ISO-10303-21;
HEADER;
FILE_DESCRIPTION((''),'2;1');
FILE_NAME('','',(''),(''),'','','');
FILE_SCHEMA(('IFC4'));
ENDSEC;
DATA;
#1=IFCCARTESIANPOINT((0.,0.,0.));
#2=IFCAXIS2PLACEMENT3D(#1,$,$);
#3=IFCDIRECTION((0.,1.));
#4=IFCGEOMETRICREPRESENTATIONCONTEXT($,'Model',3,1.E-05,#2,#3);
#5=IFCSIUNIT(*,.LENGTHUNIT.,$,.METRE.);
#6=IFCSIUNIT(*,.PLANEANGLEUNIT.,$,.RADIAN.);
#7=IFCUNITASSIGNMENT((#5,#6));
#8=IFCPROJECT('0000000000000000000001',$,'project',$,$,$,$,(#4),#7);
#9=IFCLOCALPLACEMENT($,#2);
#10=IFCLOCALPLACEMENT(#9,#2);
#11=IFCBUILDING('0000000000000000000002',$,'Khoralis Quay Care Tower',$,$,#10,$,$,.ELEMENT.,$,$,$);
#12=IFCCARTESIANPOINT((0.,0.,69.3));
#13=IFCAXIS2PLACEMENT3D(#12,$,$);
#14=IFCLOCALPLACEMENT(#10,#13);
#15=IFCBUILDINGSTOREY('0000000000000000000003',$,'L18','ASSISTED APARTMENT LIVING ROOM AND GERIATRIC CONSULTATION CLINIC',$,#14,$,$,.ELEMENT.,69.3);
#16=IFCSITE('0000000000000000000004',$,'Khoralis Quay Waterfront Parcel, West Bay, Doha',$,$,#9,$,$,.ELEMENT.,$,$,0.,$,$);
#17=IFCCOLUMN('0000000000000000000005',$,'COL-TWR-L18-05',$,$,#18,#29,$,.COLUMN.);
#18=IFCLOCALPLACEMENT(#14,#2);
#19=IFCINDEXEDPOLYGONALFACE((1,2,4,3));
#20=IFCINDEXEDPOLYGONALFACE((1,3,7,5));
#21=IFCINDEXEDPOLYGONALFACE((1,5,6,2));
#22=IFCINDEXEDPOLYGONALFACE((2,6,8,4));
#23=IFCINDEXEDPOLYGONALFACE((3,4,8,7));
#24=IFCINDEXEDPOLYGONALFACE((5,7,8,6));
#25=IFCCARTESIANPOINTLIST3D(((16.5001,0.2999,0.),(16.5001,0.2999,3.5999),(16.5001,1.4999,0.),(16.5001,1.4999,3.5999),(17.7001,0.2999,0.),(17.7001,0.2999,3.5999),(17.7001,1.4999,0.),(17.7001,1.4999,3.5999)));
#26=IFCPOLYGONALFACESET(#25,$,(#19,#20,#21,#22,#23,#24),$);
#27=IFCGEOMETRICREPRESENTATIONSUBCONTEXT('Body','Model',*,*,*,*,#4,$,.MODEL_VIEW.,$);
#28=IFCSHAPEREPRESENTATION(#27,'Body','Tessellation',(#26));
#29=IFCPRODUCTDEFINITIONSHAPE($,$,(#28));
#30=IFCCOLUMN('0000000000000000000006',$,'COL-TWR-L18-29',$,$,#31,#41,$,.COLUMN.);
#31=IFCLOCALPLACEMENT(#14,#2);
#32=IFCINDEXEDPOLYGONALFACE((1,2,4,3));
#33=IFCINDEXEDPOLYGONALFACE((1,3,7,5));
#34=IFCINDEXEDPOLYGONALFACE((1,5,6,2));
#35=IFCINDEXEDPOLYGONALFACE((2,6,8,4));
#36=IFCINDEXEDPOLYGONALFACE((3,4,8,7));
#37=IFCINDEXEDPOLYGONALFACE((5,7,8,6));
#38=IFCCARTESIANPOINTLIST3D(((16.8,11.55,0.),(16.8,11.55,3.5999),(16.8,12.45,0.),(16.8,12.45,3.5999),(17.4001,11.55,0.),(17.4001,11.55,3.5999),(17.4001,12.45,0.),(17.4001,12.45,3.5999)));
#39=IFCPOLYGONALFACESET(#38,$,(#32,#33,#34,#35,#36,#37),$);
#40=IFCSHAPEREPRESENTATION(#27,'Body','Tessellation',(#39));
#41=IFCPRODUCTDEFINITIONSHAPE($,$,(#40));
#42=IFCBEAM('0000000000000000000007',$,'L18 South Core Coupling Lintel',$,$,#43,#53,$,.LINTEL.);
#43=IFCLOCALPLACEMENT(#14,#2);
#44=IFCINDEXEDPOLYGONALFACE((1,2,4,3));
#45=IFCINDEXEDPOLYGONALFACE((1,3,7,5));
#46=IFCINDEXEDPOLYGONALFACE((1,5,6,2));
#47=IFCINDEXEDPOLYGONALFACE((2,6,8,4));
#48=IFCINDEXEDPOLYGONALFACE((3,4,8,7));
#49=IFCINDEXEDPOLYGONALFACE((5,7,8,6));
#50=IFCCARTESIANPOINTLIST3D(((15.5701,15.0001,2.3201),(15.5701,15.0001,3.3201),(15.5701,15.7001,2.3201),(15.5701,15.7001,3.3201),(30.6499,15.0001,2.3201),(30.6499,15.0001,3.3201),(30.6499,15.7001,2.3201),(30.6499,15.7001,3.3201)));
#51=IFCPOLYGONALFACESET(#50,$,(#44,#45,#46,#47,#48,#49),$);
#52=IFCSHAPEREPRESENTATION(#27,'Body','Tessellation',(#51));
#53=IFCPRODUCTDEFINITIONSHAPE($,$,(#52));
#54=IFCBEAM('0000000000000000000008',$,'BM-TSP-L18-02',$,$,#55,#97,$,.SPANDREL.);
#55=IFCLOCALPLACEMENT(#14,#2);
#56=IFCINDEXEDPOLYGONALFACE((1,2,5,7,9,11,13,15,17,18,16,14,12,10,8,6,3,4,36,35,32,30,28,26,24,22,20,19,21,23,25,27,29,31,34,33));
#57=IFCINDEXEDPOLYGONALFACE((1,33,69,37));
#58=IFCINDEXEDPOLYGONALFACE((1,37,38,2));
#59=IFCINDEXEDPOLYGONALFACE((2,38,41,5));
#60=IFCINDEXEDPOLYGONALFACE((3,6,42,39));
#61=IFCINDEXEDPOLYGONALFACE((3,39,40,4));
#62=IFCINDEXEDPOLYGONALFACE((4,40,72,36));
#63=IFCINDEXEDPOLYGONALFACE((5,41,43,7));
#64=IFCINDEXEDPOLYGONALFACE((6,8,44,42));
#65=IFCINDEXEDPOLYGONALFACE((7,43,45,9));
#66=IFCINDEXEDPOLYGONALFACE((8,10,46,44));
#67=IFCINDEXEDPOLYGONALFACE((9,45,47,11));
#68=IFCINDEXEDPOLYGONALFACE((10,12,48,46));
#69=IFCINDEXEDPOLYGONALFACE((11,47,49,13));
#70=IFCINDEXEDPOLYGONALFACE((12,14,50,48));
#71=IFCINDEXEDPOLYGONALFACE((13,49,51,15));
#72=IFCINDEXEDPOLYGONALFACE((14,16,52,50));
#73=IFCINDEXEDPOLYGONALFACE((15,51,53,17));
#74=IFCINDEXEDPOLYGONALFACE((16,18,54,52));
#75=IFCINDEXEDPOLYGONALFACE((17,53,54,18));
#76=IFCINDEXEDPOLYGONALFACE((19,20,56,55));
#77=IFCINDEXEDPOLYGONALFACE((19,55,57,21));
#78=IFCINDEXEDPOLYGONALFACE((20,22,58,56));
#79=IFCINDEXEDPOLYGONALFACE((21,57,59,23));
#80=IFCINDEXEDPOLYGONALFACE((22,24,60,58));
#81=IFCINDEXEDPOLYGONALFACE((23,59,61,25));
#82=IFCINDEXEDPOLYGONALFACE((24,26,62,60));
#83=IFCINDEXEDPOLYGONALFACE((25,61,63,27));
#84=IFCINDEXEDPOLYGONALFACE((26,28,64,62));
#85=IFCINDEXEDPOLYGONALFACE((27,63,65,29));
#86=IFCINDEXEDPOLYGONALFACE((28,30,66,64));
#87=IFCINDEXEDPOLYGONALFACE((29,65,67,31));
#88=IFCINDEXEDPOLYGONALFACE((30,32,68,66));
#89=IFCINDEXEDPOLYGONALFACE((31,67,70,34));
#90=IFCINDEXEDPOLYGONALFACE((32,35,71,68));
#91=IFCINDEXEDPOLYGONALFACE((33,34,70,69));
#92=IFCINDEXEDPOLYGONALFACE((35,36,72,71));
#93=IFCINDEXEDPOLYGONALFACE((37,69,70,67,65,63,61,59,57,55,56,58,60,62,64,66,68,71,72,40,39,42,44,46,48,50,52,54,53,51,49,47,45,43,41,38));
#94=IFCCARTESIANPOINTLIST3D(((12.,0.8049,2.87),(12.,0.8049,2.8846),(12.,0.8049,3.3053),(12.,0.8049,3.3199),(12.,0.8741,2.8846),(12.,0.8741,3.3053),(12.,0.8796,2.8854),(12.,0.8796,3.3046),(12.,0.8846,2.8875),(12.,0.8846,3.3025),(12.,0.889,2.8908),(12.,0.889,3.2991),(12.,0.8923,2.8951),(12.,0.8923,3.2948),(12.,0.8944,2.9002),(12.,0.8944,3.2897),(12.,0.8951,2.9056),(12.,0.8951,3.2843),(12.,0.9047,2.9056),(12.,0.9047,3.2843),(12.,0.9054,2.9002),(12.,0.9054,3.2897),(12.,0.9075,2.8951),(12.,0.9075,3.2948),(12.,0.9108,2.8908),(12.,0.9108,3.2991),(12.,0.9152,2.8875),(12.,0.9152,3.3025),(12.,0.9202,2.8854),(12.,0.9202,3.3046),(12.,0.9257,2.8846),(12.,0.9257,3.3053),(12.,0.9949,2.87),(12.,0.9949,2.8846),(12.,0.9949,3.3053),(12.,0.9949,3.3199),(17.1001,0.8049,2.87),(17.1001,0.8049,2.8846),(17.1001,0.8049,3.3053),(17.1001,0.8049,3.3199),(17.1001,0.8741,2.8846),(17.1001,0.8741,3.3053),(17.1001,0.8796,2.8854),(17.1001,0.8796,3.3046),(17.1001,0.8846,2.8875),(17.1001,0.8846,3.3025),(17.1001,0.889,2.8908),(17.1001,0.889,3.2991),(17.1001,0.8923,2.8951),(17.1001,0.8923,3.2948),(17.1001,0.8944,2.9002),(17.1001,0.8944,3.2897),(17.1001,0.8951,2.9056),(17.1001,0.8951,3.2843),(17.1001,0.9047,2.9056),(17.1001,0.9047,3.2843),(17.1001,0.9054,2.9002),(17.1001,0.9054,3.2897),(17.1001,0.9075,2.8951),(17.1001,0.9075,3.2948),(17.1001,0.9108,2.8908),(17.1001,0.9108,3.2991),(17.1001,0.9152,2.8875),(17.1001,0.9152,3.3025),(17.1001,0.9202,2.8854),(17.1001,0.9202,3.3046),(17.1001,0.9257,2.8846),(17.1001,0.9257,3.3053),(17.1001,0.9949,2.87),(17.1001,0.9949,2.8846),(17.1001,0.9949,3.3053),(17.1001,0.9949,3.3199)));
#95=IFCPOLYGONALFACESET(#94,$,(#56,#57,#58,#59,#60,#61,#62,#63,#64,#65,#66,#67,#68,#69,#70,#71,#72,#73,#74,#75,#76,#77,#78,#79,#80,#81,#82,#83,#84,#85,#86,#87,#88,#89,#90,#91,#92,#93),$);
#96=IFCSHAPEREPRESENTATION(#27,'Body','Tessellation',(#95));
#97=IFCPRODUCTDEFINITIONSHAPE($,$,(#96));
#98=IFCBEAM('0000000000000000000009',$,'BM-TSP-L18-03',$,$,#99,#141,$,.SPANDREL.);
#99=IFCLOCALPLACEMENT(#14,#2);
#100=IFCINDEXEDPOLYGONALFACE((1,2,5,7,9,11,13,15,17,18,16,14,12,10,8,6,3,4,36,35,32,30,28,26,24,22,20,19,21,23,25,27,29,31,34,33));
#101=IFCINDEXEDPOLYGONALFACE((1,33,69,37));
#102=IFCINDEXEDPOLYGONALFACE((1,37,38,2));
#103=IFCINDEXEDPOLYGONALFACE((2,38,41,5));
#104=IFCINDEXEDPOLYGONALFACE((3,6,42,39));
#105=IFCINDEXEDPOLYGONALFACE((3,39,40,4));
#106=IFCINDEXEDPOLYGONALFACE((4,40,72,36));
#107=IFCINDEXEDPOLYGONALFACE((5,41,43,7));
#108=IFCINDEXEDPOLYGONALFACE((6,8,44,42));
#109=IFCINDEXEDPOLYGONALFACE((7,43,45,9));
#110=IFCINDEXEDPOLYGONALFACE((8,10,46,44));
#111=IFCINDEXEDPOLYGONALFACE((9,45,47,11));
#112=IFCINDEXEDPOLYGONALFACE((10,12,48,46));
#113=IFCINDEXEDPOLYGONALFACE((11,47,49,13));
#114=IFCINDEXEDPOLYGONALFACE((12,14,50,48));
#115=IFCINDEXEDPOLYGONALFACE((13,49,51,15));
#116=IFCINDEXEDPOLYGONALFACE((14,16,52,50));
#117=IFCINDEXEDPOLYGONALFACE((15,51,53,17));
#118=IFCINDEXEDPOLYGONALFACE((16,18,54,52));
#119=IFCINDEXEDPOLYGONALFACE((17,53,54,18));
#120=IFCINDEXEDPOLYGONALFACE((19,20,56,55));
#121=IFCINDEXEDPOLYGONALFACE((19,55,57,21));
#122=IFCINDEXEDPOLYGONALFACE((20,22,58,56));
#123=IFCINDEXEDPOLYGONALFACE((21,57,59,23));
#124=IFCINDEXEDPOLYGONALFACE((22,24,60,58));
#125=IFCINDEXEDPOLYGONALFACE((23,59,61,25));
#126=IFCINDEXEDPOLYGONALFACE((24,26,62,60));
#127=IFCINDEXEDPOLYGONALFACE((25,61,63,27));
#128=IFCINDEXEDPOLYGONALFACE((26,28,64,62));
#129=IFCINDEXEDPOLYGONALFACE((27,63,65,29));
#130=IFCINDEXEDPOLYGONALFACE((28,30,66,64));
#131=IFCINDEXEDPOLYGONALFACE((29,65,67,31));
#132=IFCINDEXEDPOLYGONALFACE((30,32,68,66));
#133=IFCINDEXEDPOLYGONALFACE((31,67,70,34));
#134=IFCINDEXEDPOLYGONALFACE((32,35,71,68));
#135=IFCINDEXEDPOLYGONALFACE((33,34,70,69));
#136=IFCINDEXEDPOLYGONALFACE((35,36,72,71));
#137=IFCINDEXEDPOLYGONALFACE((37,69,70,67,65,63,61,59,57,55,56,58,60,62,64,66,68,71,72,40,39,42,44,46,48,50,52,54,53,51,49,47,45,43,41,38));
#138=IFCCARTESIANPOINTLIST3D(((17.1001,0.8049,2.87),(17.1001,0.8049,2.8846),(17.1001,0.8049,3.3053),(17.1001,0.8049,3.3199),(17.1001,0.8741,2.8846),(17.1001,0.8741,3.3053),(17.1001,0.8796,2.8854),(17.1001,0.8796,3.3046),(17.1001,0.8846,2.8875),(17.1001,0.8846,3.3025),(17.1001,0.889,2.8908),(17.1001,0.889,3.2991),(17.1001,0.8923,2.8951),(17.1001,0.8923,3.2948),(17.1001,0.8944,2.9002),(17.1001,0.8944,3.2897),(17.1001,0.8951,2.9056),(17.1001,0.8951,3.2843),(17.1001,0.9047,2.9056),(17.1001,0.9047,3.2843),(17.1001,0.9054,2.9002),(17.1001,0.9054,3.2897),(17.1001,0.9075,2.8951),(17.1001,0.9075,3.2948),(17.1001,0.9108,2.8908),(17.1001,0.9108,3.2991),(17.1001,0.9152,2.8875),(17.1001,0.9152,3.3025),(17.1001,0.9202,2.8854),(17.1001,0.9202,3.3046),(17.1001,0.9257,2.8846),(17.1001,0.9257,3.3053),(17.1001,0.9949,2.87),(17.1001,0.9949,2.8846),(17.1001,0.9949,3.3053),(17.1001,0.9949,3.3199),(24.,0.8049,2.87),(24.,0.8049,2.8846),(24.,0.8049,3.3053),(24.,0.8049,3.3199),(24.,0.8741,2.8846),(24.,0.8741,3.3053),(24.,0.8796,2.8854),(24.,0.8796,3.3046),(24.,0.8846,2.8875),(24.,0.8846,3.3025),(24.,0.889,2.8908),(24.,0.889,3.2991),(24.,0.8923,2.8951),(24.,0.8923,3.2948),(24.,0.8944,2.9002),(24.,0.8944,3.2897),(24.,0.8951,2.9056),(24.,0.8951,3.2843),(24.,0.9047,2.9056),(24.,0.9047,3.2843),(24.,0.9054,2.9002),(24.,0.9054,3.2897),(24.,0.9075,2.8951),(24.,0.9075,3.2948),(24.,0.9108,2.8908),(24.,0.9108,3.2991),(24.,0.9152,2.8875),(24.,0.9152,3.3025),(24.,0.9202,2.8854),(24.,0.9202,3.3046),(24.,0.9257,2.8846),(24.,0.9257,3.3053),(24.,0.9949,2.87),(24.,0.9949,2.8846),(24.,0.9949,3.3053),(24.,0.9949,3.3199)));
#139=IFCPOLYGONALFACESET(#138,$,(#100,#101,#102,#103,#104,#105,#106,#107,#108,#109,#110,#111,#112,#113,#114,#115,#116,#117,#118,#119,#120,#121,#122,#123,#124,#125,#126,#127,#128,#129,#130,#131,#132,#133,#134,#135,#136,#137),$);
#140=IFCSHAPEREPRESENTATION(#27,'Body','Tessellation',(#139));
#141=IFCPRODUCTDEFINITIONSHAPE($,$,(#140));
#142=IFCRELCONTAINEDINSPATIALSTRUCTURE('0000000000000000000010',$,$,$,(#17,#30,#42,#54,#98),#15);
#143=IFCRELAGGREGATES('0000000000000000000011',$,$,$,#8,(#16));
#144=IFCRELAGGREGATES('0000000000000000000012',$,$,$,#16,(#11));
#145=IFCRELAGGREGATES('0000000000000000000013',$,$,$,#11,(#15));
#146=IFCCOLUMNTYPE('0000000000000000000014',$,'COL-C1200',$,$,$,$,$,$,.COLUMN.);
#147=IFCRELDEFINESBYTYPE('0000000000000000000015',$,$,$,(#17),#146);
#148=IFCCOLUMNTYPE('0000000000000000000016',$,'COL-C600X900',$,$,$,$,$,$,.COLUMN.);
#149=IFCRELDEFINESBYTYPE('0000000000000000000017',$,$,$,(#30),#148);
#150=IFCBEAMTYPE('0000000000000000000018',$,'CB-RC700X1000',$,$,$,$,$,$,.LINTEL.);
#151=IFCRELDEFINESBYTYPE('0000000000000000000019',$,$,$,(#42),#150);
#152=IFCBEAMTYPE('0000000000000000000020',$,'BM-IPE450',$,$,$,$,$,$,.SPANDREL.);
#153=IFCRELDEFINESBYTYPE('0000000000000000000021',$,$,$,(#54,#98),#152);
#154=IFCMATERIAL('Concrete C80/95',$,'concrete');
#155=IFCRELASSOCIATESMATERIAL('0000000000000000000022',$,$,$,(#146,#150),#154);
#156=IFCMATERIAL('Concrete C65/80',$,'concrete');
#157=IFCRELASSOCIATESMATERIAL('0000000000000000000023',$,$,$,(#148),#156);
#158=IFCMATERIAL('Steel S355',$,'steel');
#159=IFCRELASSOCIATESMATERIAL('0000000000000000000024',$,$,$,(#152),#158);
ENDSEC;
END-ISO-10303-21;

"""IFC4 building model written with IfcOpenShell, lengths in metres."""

from ifc_helpers import new_model, si_unit, direction, frame, origin, origin_2d, place, context, subcontext, project, spatial, rectangle, i_section, extrude, source, transform, mapped, material, material_profile, profile_set, type_object, element, save


model = new_model("IFC4")

# Units and contexts
model_context = context("Model", 3, precision=1e-05, world=origin(), true_north=direction((0.0, 1.0)))
body_context = subcontext(model_context, "Body", "Model", "MODEL_VIEW")
ifc_project = project(units=[si_unit("LENGTHUNIT", "METRE"), si_unit("PLANEANGLEUNIT", "RADIAN")], contexts=[model_context])

# Site, building, storey
site_placement = place(None, origin())
site = spatial("IfcSite", under=ifc_project, at=site_placement, Name="Khoralis Quay Waterfront Parcel, West Bay, Doha", CompositionType="ELEMENT", RefElevation=0.0)
building_placement = place(site_placement, origin())
building = spatial("IfcBuilding", under=site, at=building_placement, Name="Khoralis Quay Care Tower", CompositionType="ELEMENT")
storey_placement = place(building_placement, frame((0.0, 0.0, 69.3)))
storey = spatial("IfcBuildingStorey", under=building, at=storey_placement, Name="L18", Description="ASSISTED APARTMENT LIVING ROOM AND GERIATRIC CONSULTATION CLINIC", CompositionType="ELEMENT", Elevation=69.3)

# Columns
ifc_material_1 = material(Name="Concrete C80/95", Category="concrete")
ifc_material_profile_1 = material_profile(ifc_material_1, rectangle(XDim=1.2, YDim=1.2, at=origin_2d()), Name="Concrete C80/95")
ifc_profile_set_1 = profile_set([ifc_material_profile_1], Name="Concrete C80/95")
column_type_1 = type_object("IfcColumnType", Name="COL-C1200", PredefinedType="COLUMN", material=ifc_profile_set_1)
shared_shape_1 = source(origin(), body_context, "Body", "SweptSolid", [
    extrude(rectangle(XDim=1.2, YDim=1.2, at=origin_2d()), origin(), (0.0, 0.0, 1.0), 3.5999),
])
column_1_placement = place(storey_placement, frame((17.1001, 0.8999, 0.0), z_axis=(0.0, 0.0, 1.0), x_axis=(1.0, 0.0, 0.0)))
element("IfcColumn", 1, at=column_1_placement, inside=storey, type_object=column_type_1, Name="COL-TWR-L18-05", PredefinedType="COLUMN", context=body_context, shape_type="MappedRepresentation", body=[
    mapped(shared_shape_1, transform((0.0, 0.0, 0.0), scale=1.0)),
])
ifc_material_2 = material(Name="Concrete C65/80", Category="concrete")
ifc_material_profile_2 = material_profile(ifc_material_2, rectangle(XDim=0.6001, YDim=0.8999, at=origin_2d()), Name="Concrete C65/80")
ifc_profile_set_2 = profile_set([ifc_material_profile_2], Name="Concrete C65/80")
column_type_2 = type_object("IfcColumnType", Name="COL-C600X900", PredefinedType="COLUMN", material=ifc_profile_set_2)
shared_shape_2 = source(origin(), body_context, "Body", "SweptSolid", [
    extrude(rectangle(XDim=0.6001, YDim=0.8999, at=origin_2d()), origin(), (0.0, 0.0, 1.0), 3.5999),
])
column_2_placement = place(storey_placement, frame((17.1001, 12.0, 0.0), z_axis=(0.0, 0.0, 1.0), x_axis=(1.0, 0.0, 0.0)))
element("IfcColumn", 2, at=column_2_placement, inside=storey, type_object=column_type_2, Name="COL-TWR-L18-29", PredefinedType="COLUMN", context=body_context, shape_type="MappedRepresentation", body=[
    mapped(shared_shape_2, transform((0.0, 0.0, 0.0), scale=1.0)),
])

# Beams
ifc_material_profile_3 = material_profile(ifc_material_1, rectangle(XDim=0.7, YDim=1.0, at=origin_2d()), Name="Concrete C80/95")
ifc_profile_set_3 = profile_set([ifc_material_profile_3], Name="Concrete C80/95")
beam_type_1 = type_object("IfcBeamType", Name="CB-RC700X1000", PredefinedType="LINTEL", material=ifc_profile_set_3)
shared_shape_3 = source(origin(), body_context, "Body", "SweptSolid", [
    extrude(rectangle(XDim=0.7, YDim=1.0, at=origin_2d()), origin(), (0.0, 0.0, 1.0), 15.0798),
])
beam_1_placement = place(storey_placement, frame((15.5701, 15.3501, 2.8201), z_axis=(1.0, 0.0, 0.0), x_axis=(0.0, 1.0, 0.0)))
element("IfcBeam", 3, at=beam_1_placement, inside=storey, type_object=beam_type_1, Name="L18 South Core Coupling Lintel", PredefinedType="LINTEL", context=body_context, shape_type="MappedRepresentation", body=[
    mapped(shared_shape_3, transform((0.0, 0.0, 0.0), scale=1.0)),
])
ifc_material_3 = material(Name="Steel S355", Category="steel")
ifc_material_profile_4 = material_profile(ifc_material_3, i_section(OverallWidth=0.1899, OverallDepth=0.45, WebThickness=0.0095, FlangeThickness=0.0146, FilletRadius=0.021, at=origin_2d()), Name="Steel S355")
ifc_profile_set_4 = profile_set([ifc_material_profile_4], Name="Steel S355")
beam_type_2 = type_object("IfcBeamType", Name="BM-IPE450", PredefinedType="SPANDREL", material=ifc_profile_set_4)
shared_shape_4 = source(origin(), body_context, "Body", "SweptSolid", [
    extrude(i_section(OverallWidth=0.1899, OverallDepth=0.45, WebThickness=0.0095, FlangeThickness=0.0146, FilletRadius=0.021, at=origin_2d()), origin(), (0.0, 0.0, 1.0), 5.1001),
])
beam_2_placement = place(storey_placement, frame((12.0, 0.8999, 3.095), z_axis=(1.0, 0.0, 0.0), x_axis=(0.0, 1.0, 0.0)))
element("IfcBeam", 4, at=beam_2_placement, inside=storey, type_object=beam_type_2, Name="BM-TSP-L18-02", PredefinedType="SPANDREL", context=body_context, shape_type="MappedRepresentation", body=[
    mapped(shared_shape_4, transform((0.0, 0.0, 0.0), scale=1.0)),
])
shared_shape_5 = source(origin(), body_context, "Body", "SweptSolid", [
    extrude(i_section(OverallWidth=0.1899, OverallDepth=0.45, WebThickness=0.0095, FlangeThickness=0.0146, FilletRadius=0.021, at=origin_2d()), origin(), (0.0, 0.0, 1.0), 6.8999),
])
beam_3_placement = place(storey_placement, frame((17.1001, 0.8999, 3.095), z_axis=(1.0, 0.0, 0.0), x_axis=(0.0, 1.0, 0.0)))
element("IfcBeam", 5, at=beam_3_placement, inside=storey, type_object=beam_type_2, Name="BM-TSP-L18-03", PredefinedType="SPANDREL", context=body_context, shape_type="MappedRepresentation", body=[
    mapped(shared_shape_5, transform((0.0, 0.0, 0.0), scale=1.0)),
])

save(model, "model.ifc")
